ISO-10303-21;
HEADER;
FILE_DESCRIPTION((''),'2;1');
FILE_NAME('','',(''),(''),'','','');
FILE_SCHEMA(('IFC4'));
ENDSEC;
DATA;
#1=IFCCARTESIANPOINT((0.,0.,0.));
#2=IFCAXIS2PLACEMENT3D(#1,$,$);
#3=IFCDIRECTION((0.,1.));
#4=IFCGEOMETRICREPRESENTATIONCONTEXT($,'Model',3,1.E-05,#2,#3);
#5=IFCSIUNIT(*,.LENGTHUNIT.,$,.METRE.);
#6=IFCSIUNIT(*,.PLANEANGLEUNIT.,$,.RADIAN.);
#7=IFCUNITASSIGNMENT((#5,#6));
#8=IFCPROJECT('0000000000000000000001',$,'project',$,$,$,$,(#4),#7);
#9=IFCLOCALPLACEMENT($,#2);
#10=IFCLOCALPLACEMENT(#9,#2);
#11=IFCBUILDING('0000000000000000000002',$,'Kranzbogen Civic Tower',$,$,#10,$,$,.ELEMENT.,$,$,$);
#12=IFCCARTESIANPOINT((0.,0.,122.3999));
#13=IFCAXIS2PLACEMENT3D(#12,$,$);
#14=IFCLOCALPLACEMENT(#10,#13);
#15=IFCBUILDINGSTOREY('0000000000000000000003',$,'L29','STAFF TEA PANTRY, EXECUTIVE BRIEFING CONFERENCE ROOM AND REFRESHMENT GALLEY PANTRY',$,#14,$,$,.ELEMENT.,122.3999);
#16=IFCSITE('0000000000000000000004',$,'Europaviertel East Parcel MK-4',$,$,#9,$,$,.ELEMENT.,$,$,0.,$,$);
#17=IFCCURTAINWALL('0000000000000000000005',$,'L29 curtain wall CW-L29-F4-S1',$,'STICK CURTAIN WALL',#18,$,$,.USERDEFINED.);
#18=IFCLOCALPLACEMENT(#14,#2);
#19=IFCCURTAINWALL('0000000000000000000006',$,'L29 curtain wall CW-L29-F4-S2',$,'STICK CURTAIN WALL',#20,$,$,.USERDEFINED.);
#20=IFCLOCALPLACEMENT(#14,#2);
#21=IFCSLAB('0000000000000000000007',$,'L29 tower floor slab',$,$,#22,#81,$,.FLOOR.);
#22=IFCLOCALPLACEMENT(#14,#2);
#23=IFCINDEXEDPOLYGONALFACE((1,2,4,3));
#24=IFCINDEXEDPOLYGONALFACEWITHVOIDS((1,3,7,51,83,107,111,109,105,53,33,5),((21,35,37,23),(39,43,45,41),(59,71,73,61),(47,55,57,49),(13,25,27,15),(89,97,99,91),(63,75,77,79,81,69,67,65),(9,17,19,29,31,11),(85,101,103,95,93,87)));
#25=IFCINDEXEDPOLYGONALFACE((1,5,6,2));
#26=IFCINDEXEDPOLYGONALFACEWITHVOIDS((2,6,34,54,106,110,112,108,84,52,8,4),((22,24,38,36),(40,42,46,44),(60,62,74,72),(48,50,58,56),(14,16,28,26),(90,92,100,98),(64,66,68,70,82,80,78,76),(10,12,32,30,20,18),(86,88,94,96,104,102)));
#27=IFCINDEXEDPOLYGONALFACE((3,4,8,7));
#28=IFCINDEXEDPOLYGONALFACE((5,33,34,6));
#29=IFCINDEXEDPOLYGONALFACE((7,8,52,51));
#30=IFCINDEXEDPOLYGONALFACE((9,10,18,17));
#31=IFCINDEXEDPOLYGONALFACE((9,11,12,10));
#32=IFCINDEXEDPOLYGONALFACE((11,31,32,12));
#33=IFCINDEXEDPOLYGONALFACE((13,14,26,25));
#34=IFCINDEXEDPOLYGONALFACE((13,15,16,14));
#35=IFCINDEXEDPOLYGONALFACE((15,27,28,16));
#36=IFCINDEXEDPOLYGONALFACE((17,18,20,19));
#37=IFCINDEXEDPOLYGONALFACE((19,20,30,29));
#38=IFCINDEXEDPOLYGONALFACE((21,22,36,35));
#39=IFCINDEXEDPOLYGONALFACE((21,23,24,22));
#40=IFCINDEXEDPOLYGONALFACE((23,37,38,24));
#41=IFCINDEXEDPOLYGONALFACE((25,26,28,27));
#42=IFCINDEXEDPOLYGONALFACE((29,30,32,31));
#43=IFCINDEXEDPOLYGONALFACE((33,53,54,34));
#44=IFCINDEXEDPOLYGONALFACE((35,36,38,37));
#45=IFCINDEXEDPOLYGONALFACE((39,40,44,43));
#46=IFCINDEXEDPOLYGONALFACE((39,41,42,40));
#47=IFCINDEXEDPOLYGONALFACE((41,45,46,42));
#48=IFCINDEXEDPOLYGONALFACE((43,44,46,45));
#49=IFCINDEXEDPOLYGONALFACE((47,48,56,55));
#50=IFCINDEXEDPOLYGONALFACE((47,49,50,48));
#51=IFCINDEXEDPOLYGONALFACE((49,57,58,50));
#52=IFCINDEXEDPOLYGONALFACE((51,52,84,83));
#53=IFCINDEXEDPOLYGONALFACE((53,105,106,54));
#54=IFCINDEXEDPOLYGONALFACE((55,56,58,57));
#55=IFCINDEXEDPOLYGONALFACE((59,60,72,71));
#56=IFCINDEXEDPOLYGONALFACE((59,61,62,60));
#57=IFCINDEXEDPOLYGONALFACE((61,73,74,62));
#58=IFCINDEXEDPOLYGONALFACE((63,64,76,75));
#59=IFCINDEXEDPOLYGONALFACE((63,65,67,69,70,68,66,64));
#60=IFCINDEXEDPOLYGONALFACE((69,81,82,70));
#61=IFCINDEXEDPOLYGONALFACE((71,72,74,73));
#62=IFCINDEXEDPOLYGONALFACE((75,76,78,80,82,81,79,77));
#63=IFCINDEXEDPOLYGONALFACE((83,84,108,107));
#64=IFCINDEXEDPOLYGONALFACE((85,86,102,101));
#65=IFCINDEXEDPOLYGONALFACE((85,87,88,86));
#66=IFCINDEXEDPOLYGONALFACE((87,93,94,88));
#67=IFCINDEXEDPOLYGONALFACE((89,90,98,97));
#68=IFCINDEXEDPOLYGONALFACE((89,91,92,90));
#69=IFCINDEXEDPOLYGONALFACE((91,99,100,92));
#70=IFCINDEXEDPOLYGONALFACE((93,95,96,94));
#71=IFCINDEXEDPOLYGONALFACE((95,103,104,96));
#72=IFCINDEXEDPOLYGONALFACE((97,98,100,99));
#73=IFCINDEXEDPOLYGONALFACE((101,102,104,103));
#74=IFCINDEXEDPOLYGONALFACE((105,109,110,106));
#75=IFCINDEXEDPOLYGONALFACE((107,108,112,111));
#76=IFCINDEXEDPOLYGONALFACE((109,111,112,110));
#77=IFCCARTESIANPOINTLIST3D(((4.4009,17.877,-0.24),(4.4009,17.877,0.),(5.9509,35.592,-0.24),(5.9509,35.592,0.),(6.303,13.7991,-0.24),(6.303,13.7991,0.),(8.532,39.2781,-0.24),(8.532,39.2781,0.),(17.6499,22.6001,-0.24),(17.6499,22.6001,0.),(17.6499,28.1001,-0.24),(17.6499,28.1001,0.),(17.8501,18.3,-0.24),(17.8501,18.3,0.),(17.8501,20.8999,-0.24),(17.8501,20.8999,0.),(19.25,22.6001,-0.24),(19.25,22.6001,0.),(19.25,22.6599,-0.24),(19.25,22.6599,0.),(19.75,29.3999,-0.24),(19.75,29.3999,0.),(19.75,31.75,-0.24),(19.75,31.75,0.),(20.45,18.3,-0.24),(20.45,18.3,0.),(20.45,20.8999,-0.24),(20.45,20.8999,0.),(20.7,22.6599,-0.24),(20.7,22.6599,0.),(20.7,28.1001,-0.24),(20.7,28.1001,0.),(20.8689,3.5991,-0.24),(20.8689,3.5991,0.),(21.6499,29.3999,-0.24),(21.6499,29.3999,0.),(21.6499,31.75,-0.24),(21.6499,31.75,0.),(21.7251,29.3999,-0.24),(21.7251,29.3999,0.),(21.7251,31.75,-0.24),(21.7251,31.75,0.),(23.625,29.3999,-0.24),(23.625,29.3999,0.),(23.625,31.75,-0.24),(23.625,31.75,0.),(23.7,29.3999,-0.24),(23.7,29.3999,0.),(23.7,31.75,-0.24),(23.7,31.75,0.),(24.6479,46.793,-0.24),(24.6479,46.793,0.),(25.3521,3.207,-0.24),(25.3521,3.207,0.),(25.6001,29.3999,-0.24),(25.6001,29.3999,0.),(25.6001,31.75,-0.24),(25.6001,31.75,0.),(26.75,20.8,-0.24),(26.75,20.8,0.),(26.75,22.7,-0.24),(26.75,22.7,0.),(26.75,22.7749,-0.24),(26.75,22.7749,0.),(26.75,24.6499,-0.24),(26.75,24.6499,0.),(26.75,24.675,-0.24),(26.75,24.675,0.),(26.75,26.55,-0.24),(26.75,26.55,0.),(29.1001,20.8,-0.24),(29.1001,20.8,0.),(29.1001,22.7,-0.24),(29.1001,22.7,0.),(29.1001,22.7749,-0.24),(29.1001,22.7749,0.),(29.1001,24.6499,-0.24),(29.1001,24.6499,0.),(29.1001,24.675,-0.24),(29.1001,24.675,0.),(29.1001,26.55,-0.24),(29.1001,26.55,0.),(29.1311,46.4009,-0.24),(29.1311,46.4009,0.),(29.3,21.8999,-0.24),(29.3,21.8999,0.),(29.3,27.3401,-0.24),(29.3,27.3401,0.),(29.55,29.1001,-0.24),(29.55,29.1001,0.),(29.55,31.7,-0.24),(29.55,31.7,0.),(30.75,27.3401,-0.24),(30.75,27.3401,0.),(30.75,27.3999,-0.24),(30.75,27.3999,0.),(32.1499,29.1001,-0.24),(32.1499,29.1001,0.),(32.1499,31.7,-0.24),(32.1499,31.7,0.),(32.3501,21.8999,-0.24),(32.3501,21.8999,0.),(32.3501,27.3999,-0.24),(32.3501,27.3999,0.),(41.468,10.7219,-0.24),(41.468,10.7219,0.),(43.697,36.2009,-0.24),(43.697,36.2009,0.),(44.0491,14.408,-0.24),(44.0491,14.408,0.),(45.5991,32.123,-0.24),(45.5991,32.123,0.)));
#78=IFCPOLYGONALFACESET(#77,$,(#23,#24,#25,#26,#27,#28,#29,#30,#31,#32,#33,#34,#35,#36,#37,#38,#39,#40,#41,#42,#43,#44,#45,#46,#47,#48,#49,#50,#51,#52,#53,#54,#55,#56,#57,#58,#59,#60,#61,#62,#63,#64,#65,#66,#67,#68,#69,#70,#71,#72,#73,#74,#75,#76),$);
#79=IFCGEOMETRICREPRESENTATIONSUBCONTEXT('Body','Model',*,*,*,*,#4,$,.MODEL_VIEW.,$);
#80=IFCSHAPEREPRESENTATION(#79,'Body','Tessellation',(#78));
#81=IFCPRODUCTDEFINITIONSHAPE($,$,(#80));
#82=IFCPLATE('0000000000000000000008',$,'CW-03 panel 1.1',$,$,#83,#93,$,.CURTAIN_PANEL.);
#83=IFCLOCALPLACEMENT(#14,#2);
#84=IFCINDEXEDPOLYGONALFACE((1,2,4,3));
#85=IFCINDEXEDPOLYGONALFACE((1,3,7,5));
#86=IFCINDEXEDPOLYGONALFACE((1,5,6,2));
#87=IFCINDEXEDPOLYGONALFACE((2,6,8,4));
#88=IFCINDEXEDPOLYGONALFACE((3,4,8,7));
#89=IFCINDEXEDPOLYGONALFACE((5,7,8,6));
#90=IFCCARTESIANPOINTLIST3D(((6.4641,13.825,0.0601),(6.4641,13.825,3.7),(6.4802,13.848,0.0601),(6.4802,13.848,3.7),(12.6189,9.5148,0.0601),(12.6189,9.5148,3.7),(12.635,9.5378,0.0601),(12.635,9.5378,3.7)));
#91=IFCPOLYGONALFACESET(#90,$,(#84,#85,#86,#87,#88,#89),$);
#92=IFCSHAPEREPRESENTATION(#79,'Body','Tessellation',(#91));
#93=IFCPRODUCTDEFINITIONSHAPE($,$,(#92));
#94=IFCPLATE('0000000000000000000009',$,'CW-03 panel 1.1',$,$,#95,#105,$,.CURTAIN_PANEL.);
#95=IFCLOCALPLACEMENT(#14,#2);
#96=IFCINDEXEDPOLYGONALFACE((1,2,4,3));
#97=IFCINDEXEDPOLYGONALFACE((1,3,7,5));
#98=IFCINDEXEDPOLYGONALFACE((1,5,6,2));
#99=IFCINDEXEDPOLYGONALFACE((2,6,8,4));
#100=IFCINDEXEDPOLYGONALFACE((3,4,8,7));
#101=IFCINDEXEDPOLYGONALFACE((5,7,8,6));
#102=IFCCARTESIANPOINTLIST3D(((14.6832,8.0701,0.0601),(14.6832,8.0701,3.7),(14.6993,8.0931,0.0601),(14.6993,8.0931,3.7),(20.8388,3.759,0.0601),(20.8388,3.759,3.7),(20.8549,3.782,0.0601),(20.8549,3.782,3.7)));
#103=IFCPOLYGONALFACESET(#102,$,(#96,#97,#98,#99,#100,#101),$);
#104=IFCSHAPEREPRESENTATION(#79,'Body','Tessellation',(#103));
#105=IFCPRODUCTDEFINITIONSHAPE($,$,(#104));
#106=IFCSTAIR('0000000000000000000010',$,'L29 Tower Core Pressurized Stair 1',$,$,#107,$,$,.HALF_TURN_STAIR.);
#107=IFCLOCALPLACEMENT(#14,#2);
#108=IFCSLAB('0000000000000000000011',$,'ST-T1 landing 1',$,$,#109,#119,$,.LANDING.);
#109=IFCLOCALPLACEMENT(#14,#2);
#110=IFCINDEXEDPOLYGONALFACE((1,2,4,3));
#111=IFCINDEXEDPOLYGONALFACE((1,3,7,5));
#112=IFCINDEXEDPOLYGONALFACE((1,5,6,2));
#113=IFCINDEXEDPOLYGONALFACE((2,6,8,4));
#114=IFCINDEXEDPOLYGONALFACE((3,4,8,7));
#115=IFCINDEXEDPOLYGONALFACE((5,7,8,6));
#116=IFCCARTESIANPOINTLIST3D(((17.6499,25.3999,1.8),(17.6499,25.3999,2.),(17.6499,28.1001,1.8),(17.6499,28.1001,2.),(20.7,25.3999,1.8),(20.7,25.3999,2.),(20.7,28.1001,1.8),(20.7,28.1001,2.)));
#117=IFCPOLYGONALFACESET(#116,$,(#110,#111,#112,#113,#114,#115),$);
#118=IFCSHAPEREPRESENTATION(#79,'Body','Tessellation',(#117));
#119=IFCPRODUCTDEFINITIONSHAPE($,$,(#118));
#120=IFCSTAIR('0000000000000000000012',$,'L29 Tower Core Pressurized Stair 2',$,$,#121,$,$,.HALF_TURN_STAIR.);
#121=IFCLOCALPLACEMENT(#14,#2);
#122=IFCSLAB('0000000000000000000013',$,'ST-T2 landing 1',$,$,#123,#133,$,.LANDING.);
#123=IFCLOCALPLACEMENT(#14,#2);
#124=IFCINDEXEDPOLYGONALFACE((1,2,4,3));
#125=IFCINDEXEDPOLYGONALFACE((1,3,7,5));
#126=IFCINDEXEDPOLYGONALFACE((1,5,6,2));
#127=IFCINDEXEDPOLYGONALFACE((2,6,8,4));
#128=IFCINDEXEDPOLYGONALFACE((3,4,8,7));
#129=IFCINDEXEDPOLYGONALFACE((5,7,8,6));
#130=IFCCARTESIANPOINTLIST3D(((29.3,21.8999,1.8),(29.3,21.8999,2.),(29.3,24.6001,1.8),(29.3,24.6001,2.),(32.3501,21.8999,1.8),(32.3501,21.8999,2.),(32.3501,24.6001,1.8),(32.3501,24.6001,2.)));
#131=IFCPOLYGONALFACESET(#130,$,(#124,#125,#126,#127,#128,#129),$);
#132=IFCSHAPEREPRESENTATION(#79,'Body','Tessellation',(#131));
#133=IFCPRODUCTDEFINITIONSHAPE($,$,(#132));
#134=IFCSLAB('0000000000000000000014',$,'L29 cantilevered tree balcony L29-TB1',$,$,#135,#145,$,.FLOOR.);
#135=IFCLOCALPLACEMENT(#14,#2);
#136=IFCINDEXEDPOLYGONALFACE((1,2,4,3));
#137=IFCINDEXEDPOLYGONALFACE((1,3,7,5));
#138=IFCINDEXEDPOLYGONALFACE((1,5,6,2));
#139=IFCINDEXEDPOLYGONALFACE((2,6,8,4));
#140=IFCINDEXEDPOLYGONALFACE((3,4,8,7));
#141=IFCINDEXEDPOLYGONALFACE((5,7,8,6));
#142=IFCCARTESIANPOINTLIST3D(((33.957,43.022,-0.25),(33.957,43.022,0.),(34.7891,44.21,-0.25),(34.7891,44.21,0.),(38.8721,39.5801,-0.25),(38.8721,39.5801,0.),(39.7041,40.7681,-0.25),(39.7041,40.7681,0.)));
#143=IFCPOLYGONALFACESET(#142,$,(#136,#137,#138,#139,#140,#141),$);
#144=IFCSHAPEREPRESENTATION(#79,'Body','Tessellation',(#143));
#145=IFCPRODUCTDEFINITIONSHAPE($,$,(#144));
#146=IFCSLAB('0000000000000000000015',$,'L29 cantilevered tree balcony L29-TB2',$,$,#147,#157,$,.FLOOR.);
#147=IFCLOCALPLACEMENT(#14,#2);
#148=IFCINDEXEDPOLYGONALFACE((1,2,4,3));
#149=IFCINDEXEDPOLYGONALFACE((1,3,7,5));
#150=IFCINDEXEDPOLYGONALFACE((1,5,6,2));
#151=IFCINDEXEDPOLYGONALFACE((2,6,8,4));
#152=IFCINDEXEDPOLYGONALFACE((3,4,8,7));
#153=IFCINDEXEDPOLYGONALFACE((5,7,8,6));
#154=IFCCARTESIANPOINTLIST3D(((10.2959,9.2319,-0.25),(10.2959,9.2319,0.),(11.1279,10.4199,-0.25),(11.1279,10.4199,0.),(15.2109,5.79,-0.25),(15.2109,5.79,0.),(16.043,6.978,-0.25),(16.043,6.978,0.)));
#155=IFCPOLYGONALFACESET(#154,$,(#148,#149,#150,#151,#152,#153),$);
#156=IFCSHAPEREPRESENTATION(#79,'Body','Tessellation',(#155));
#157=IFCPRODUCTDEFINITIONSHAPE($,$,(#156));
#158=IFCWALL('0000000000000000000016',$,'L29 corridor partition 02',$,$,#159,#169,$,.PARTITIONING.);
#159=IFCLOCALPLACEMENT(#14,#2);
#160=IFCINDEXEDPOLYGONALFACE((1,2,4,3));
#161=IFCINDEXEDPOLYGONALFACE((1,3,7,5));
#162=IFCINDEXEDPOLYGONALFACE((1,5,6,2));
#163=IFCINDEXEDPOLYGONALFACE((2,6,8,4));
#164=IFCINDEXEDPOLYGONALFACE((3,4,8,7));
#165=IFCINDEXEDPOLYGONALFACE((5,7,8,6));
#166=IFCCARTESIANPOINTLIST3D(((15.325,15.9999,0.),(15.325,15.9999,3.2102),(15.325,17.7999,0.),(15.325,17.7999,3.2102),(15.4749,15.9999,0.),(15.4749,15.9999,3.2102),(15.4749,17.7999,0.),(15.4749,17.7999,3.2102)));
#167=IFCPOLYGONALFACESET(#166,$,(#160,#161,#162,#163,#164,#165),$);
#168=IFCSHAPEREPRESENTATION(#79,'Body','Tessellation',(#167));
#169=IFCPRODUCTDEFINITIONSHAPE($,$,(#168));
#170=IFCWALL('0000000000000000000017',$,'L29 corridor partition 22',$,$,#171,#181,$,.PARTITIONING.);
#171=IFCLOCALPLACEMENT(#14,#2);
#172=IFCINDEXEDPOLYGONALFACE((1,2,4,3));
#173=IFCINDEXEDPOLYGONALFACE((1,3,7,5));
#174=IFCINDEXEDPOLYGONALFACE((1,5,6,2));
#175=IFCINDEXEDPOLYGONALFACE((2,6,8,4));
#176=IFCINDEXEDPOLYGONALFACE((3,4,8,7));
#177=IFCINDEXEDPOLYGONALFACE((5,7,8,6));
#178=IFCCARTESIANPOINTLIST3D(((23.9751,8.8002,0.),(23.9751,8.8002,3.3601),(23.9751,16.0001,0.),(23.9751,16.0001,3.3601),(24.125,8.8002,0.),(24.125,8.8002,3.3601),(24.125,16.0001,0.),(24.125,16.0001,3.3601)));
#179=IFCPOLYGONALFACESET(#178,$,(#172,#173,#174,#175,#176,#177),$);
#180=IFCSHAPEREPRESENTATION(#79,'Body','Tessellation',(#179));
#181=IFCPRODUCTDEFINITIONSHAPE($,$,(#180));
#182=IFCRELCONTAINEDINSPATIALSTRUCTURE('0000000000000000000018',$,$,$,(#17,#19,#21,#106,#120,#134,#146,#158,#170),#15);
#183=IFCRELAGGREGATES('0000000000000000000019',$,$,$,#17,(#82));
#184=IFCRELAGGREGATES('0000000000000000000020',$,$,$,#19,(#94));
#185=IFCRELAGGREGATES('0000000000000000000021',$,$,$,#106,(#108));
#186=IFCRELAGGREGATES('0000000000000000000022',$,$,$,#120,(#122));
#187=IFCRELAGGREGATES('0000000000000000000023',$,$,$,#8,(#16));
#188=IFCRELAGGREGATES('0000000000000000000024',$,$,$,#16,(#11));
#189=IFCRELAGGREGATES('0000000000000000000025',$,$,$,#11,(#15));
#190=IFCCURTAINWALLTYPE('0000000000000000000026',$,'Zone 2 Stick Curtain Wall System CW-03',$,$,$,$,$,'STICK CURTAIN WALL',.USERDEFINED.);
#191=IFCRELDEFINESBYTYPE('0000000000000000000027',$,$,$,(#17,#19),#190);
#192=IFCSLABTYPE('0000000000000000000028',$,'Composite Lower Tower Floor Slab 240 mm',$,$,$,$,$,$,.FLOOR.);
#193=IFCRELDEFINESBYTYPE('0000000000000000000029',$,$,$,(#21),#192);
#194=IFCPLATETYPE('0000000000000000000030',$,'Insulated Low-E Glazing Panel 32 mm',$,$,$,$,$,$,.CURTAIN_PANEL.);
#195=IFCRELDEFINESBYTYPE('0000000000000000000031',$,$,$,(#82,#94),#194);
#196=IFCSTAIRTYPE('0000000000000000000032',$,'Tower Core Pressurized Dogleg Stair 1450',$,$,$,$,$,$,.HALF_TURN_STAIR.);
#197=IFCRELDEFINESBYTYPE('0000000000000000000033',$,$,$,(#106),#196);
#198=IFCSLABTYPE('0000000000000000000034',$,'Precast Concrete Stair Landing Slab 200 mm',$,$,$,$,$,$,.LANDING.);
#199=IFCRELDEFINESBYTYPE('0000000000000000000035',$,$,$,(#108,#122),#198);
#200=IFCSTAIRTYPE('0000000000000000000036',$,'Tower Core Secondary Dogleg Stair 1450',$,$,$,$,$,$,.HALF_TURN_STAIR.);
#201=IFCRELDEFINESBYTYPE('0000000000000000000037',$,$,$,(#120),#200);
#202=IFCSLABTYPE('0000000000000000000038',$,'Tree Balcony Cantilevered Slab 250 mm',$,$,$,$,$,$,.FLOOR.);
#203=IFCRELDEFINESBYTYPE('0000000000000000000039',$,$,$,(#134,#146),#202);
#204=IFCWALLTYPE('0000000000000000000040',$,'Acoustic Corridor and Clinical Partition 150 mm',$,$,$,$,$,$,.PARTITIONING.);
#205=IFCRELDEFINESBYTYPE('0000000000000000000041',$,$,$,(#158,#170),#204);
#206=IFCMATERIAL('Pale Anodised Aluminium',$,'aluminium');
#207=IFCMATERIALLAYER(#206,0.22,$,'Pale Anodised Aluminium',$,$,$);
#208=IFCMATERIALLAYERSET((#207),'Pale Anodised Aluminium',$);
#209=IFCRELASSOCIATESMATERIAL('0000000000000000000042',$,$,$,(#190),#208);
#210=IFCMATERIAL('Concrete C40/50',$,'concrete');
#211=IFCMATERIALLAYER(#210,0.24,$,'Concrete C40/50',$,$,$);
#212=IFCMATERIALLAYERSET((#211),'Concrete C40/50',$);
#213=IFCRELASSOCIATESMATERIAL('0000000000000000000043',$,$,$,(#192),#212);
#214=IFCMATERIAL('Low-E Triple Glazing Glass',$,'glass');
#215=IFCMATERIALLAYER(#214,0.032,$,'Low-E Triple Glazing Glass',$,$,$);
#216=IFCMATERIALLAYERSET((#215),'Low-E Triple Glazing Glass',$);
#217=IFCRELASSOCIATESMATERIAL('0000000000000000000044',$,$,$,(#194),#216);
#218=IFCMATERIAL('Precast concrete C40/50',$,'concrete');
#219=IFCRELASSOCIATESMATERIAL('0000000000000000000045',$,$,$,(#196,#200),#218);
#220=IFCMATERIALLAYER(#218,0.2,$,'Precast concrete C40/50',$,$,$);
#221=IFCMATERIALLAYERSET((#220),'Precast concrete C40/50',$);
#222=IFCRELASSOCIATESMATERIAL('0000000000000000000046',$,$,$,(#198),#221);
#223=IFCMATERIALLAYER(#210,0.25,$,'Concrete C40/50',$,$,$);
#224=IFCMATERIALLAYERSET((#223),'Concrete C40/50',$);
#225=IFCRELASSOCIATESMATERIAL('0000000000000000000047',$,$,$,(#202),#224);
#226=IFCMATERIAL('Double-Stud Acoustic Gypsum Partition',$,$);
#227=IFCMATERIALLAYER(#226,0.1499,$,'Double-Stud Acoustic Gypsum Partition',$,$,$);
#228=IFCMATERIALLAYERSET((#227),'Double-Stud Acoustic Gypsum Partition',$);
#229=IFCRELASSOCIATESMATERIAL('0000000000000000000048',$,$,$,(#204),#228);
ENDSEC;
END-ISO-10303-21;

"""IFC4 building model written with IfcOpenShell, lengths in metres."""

from ifc_helpers import new_model, si_unit, direction, frame, frame_2d, origin, origin_2d, place, context, subcontext, project, spatial, polyline, rectangle, outline, extrude, material, layer, layer_set, type_object, element, aggregate, save


model = new_model("IFC4")

# Units and contexts
model_context = context("Model", 3, precision=1e-05, world=origin(), true_north=direction((0.0, 1.0)))
body_context = subcontext(model_context, "Body", "Model", "MODEL_VIEW")
ifc_project = project(units=[si_unit("LENGTHUNIT", "METRE"), si_unit("PLANEANGLEUNIT", "RADIAN")], contexts=[model_context])

# Site, building, storey
site_placement = place(None, origin())
site = spatial("IfcSite", under=ifc_project, at=site_placement, Name="Europaviertel East Parcel MK-4", CompositionType="ELEMENT", RefElevation=0.0)
building_placement = place(site_placement, origin())
building = spatial("IfcBuilding", under=site, at=building_placement, Name="Kranzbogen Civic Tower", CompositionType="ELEMENT")
storey_placement = place(building_placement, frame((0.0, 0.0, 122.3999)))
storey = spatial("IfcBuildingStorey", under=building, at=storey_placement, Name="L29", Description="STAFF TEA PANTRY, EXECUTIVE BRIEFING CONFERENCE ROOM AND REFRESHMENT GALLEY PANTRY", CompositionType="ELEMENT", Elevation=122.3999)

# Curtain walls
ifc_material_1 = material(Name="Pale Anodised Aluminium", Category="aluminium")
ifc_layer_1 = layer(ifc_material_1, 0.22, Name="Pale Anodised Aluminium")
ifc_layer_set_1 = layer_set([ifc_layer_1], Name="Pale Anodised Aluminium")
curtain_wall_type = type_object("IfcCurtainWallType", Name="Zone 2 Stick Curtain Wall System CW-03", ElementType="STICK CURTAIN WALL", PredefinedType="USERDEFINED", material=ifc_layer_set_1)
curtain_wall_1_placement = place(storey_placement, origin())
curtain_wall_1 = element("IfcCurtainWall", 1, at=curtain_wall_1_placement, inside=storey, type_object=curtain_wall_type, Name="L29 curtain wall CW-L29-F4-S1", ObjectType="STICK CURTAIN WALL", PredefinedType="USERDEFINED")
curtain_wall_2_placement = place(storey_placement, origin())
curtain_wall_2 = element("IfcCurtainWall", 2, at=curtain_wall_2_placement, inside=storey, type_object=curtain_wall_type, Name="L29 curtain wall CW-L29-F4-S2", ObjectType="STICK CURTAIN WALL", PredefinedType="USERDEFINED")

# Slab
ifc_material_2 = material(Name="Concrete C40/50", Category="concrete")
ifc_layer_2 = layer(ifc_material_2, 0.24, Name="Concrete C40/50")
ifc_layer_set_2 = layer_set([ifc_layer_2], Name="Concrete C40/50")
slab_type_1 = type_object("IfcSlabType", Name="Composite Lower Tower Floor Slab 240 mm", PredefinedType="FLOOR", material=ifc_layer_set_2)
slab_1_placement = place(storey_placement, frame((0.0, 0.0, -0.24)))
element("IfcSlab", 3, at=slab_1_placement, inside=storey, type_object=slab_type_1, Name="L29 tower floor slab", PredefinedType="FLOOR", context=body_context, shape_type="SweptSolid", body=[
    extrude(outline(polyline([(43.697, 36.2009), (29.1311, 46.4009), (24.6479, 46.793), (8.532, 39.2781), (5.9509, 35.592), (4.4009, 17.877), (6.303, 13.7991), (20.8689, 3.5991), (25.3521, 3.207), (41.468, 10.7219), (44.0491, 14.408), (45.5991, 32.123), (43.697, 36.2009)]), holes=[polyline([(20.45, 20.8999), (20.45, 18.3), (17.8501, 18.3), (17.8501, 20.8999), (20.45, 20.8999)]), polyline([(29.1001, 22.7), (29.1001, 20.8), (26.75, 20.8), (26.75, 22.7), (29.1001, 22.7)]), polyline([(29.1001, 24.6499), (29.1001, 22.7749), (26.75, 22.7749), (26.75, 24.6499), (26.75, 24.675), (26.75, 26.55), (29.1001, 26.55), (29.1001, 24.675), (29.1001, 24.6499)]), polyline([(30.75, 27.3401), (30.75, 27.3999), (32.3501, 27.3999), (32.3501, 21.8999), (29.3, 21.8999), (29.3, 27.3401), (30.75, 27.3401)]), polyline([(19.25, 22.6599), (19.25, 22.6001), (17.6499, 22.6001), (17.6499, 28.1001), (20.7, 28.1001), (20.7, 22.6599), (19.25, 22.6599)]), polyline([(32.1499, 31.7), (32.1499, 29.1001), (29.55, 29.1001), (29.55, 31.7), (32.1499, 31.7)]), polyline([(21.6499, 31.75), (21.6499, 29.3999), (19.75, 29.3999), (19.75, 31.75), (21.6499, 31.75)]), polyline([(23.625, 29.3999), (21.7251, 29.3999), (21.7251, 31.75), (23.625, 31.75), (23.625, 29.3999)]), polyline([(25.6001, 29.3999), (23.7, 29.3999), (23.7, 31.75), (25.6001, 31.75), (25.6001, 29.3999)])]), origin(), (0.0, 0.0, 1.0), 0.24),
])

# Plates
ifc_material_3 = material(Name="Low-E Triple Glazing Glass", Category="glass")
ifc_layer_3 = layer(ifc_material_3, 0.032, Name="Low-E Triple Glazing Glass")
ifc_layer_set_3 = layer_set([ifc_layer_3], Name="Low-E Triple Glazing Glass")
plate_type = type_object("IfcPlateType", Name="Insulated Low-E Glazing Panel 32 mm", PredefinedType="CURTAIN_PANEL", material=ifc_layer_set_3)
plate_1_placement = place(storey_placement, frame((9.5496, 11.6814, 0.0601), z_axis=(0.0, 0.0, 1.0), x_axis=(0.819115, -0.573629, 0.0)))
plate_1 = element("IfcPlate", 4, at=plate_1_placement, type_object=plate_type, Name="CW-03 panel 1.1", PredefinedType="CURTAIN_PANEL", context=body_context, shape_type="SweptSolid", body=[
    extrude(rectangle(XDim=7.5139, YDim=0.0281, at=origin_2d()), origin(), (0.0, 0.0, 1.0), 3.6399),
])
aggregate(curtain_wall_1, [plate_1])
plate_2_placement = place(storey_placement, frame((17.769, 5.926, 0.0601), z_axis=(0.0, 0.0, 1.0), x_axis=(0.819097, -0.573656, 0.0)))
plate_2 = element("IfcPlate", 5, at=plate_2_placement, type_object=plate_type, Name="CW-03 panel 1.1", PredefinedType="CURTAIN_PANEL", context=body_context, shape_type="SweptSolid", body=[
    extrude(rectangle(XDim=7.5151, YDim=0.0281, at=origin_2d()), origin(), (0.0, 0.0, 1.0), 3.6399),
])
aggregate(curtain_wall_2, [plate_2])

# Stairs, slabs
ifc_material_4 = material(Name="Precast concrete C40/50", Category="concrete")
stair_type_1 = type_object("IfcStairType", Name="Tower Core Pressurized Dogleg Stair 1450", PredefinedType="HALF_TURN_STAIR", material=ifc_material_4)
stair_1_placement = place(storey_placement, origin())
stair_1 = element("IfcStair", 6, at=stair_1_placement, inside=storey, type_object=stair_type_1, Name="L29 Tower Core Pressurized Stair 1", PredefinedType="HALF_TURN_STAIR")
ifc_layer_4 = layer(ifc_material_4, 0.2, Name="Precast concrete C40/50")
ifc_layer_set_4 = layer_set([ifc_layer_4], Name="Precast concrete C40/50")
slab_type_2 = type_object("IfcSlabType", Name="Precast Concrete Stair Landing Slab 200 mm", PredefinedType="LANDING", material=ifc_layer_set_4)
slab_2_placement = place(storey_placement, frame((0.0, 0.0, 1.8)))
slab_2 = element("IfcSlab", 7, at=slab_2_placement, type_object=slab_type_2, Name="ST-T1 landing 1", PredefinedType="LANDING", context=body_context, shape_type="SweptSolid", body=[
    extrude(outline(polyline([(20.7, 25.3999), (20.7, 28.1001), (17.6499, 28.1001), (17.6499, 25.3999), (20.7, 25.3999)])), origin(), (0.0, 0.0, 1.0), 0.2),
])
aggregate(stair_1, [slab_2])
stair_type_2 = type_object("IfcStairType", Name="Tower Core Secondary Dogleg Stair 1450", PredefinedType="HALF_TURN_STAIR", material=ifc_material_4)
stair_2_placement = place(storey_placement, origin())
stair_2 = element("IfcStair", 8, at=stair_2_placement, inside=storey, type_object=stair_type_2, Name="L29 Tower Core Pressurized Stair 2", PredefinedType="HALF_TURN_STAIR")
slab_3_placement = place(storey_placement, frame((0.0, 0.0, 1.8)))
slab_3 = element("IfcSlab", 9, at=slab_3_placement, type_object=slab_type_2, Name="ST-T2 landing 1", PredefinedType="LANDING", context=body_context, shape_type="SweptSolid", body=[
    extrude(outline(polyline([(29.3, 24.6001), (29.3, 21.8999), (32.3501, 21.8999), (32.3501, 24.6001), (29.3, 24.6001)])), origin(), (0.0, 0.0, 1.0), 0.2),
])
aggregate(stair_2, [slab_3])

# Slabs
ifc_layer_5 = layer(ifc_material_2, 0.25, Name="Concrete C40/50")
ifc_layer_set_5 = layer_set([ifc_layer_5], Name="Concrete C40/50")
slab_type_3 = type_object("IfcSlabType", Name="Tree Balcony Cantilevered Slab 250 mm", PredefinedType="FLOOR", material=ifc_layer_set_5)
slab_4_placement = place(storey_placement, frame((0.0, 0.0, -0.25)))
element("IfcSlab", 10, at=slab_4_placement, inside=storey, type_object=slab_type_3, Name="L29 cantilevered tree balcony L29-TB1", PredefinedType="FLOOR", context=body_context, shape_type="SweptSolid", body=[
    extrude(outline(polyline([(38.8721, 39.5801), (33.957, 43.022), (34.7891, 44.21), (39.7041, 40.7681), (38.8721, 39.5801)])), origin(), (0.0, 0.0, 1.0), 0.25),
])
slab_5_placement = place(storey_placement, frame((0.0, 0.0, -0.25)))
element("IfcSlab", 11, at=slab_5_placement, inside=storey, type_object=slab_type_3, Name="L29 cantilevered tree balcony L29-TB2", PredefinedType="FLOOR", context=body_context, shape_type="SweptSolid", body=[
    extrude(outline(polyline([(11.1279, 10.4199), (16.043, 6.978), (15.2109, 5.79), (10.2959, 9.2319), (11.1279, 10.4199)])), origin(), (0.0, 0.0, 1.0), 0.25),
])

# Walls
ifc_material_5 = material(Name="Double-Stud Acoustic Gypsum Partition")
ifc_layer_6 = layer(ifc_material_5, 0.1499, Name="Double-Stud Acoustic Gypsum Partition")
ifc_layer_set_6 = layer_set([ifc_layer_6], Name="Double-Stud Acoustic Gypsum Partition")
wall_type_1 = type_object("IfcWallType", Name="Acoustic Corridor and Clinical Partition 150 mm", PredefinedType="PARTITIONING", material=ifc_layer_set_6)
wall_1_placement = place(storey_placement, frame((15.3999, 16.0, 0.0), z_axis=(0.0, 0.0, 1.0), x_axis=(0.0, 1.0, 0.0)))
element("IfcWall", 12, at=wall_1_placement, inside=storey, type_object=wall_type_1, Name="L29 corridor partition 02", PredefinedType="PARTITIONING", context=body_context, shape_type="SweptSolid", body=[
    extrude(rectangle(XDim=1.8, YDim=0.1499, at=frame_2d((0.8999, 0.0))), origin(), (0.0, 0.0, 1.0), 3.2102),
])
wall_2_placement = place(storey_placement, frame((24.05, 8.8, 0.0), z_axis=(0.0, 0.0, 1.0), x_axis=(0.0, 1.0, 0.0)))
element("IfcWall", 13, at=wall_2_placement, inside=storey, type_object=wall_type_1, Name="L29 corridor partition 22", PredefinedType="PARTITIONING", context=body_context, shape_type="SweptSolid", body=[
    extrude(rectangle(XDim=7.2, YDim=0.1499, at=frame_2d((3.6001, 0.0))), origin(), (0.0, 0.0, 1.0), 3.3601),
])

save(model, "model.ifc")
